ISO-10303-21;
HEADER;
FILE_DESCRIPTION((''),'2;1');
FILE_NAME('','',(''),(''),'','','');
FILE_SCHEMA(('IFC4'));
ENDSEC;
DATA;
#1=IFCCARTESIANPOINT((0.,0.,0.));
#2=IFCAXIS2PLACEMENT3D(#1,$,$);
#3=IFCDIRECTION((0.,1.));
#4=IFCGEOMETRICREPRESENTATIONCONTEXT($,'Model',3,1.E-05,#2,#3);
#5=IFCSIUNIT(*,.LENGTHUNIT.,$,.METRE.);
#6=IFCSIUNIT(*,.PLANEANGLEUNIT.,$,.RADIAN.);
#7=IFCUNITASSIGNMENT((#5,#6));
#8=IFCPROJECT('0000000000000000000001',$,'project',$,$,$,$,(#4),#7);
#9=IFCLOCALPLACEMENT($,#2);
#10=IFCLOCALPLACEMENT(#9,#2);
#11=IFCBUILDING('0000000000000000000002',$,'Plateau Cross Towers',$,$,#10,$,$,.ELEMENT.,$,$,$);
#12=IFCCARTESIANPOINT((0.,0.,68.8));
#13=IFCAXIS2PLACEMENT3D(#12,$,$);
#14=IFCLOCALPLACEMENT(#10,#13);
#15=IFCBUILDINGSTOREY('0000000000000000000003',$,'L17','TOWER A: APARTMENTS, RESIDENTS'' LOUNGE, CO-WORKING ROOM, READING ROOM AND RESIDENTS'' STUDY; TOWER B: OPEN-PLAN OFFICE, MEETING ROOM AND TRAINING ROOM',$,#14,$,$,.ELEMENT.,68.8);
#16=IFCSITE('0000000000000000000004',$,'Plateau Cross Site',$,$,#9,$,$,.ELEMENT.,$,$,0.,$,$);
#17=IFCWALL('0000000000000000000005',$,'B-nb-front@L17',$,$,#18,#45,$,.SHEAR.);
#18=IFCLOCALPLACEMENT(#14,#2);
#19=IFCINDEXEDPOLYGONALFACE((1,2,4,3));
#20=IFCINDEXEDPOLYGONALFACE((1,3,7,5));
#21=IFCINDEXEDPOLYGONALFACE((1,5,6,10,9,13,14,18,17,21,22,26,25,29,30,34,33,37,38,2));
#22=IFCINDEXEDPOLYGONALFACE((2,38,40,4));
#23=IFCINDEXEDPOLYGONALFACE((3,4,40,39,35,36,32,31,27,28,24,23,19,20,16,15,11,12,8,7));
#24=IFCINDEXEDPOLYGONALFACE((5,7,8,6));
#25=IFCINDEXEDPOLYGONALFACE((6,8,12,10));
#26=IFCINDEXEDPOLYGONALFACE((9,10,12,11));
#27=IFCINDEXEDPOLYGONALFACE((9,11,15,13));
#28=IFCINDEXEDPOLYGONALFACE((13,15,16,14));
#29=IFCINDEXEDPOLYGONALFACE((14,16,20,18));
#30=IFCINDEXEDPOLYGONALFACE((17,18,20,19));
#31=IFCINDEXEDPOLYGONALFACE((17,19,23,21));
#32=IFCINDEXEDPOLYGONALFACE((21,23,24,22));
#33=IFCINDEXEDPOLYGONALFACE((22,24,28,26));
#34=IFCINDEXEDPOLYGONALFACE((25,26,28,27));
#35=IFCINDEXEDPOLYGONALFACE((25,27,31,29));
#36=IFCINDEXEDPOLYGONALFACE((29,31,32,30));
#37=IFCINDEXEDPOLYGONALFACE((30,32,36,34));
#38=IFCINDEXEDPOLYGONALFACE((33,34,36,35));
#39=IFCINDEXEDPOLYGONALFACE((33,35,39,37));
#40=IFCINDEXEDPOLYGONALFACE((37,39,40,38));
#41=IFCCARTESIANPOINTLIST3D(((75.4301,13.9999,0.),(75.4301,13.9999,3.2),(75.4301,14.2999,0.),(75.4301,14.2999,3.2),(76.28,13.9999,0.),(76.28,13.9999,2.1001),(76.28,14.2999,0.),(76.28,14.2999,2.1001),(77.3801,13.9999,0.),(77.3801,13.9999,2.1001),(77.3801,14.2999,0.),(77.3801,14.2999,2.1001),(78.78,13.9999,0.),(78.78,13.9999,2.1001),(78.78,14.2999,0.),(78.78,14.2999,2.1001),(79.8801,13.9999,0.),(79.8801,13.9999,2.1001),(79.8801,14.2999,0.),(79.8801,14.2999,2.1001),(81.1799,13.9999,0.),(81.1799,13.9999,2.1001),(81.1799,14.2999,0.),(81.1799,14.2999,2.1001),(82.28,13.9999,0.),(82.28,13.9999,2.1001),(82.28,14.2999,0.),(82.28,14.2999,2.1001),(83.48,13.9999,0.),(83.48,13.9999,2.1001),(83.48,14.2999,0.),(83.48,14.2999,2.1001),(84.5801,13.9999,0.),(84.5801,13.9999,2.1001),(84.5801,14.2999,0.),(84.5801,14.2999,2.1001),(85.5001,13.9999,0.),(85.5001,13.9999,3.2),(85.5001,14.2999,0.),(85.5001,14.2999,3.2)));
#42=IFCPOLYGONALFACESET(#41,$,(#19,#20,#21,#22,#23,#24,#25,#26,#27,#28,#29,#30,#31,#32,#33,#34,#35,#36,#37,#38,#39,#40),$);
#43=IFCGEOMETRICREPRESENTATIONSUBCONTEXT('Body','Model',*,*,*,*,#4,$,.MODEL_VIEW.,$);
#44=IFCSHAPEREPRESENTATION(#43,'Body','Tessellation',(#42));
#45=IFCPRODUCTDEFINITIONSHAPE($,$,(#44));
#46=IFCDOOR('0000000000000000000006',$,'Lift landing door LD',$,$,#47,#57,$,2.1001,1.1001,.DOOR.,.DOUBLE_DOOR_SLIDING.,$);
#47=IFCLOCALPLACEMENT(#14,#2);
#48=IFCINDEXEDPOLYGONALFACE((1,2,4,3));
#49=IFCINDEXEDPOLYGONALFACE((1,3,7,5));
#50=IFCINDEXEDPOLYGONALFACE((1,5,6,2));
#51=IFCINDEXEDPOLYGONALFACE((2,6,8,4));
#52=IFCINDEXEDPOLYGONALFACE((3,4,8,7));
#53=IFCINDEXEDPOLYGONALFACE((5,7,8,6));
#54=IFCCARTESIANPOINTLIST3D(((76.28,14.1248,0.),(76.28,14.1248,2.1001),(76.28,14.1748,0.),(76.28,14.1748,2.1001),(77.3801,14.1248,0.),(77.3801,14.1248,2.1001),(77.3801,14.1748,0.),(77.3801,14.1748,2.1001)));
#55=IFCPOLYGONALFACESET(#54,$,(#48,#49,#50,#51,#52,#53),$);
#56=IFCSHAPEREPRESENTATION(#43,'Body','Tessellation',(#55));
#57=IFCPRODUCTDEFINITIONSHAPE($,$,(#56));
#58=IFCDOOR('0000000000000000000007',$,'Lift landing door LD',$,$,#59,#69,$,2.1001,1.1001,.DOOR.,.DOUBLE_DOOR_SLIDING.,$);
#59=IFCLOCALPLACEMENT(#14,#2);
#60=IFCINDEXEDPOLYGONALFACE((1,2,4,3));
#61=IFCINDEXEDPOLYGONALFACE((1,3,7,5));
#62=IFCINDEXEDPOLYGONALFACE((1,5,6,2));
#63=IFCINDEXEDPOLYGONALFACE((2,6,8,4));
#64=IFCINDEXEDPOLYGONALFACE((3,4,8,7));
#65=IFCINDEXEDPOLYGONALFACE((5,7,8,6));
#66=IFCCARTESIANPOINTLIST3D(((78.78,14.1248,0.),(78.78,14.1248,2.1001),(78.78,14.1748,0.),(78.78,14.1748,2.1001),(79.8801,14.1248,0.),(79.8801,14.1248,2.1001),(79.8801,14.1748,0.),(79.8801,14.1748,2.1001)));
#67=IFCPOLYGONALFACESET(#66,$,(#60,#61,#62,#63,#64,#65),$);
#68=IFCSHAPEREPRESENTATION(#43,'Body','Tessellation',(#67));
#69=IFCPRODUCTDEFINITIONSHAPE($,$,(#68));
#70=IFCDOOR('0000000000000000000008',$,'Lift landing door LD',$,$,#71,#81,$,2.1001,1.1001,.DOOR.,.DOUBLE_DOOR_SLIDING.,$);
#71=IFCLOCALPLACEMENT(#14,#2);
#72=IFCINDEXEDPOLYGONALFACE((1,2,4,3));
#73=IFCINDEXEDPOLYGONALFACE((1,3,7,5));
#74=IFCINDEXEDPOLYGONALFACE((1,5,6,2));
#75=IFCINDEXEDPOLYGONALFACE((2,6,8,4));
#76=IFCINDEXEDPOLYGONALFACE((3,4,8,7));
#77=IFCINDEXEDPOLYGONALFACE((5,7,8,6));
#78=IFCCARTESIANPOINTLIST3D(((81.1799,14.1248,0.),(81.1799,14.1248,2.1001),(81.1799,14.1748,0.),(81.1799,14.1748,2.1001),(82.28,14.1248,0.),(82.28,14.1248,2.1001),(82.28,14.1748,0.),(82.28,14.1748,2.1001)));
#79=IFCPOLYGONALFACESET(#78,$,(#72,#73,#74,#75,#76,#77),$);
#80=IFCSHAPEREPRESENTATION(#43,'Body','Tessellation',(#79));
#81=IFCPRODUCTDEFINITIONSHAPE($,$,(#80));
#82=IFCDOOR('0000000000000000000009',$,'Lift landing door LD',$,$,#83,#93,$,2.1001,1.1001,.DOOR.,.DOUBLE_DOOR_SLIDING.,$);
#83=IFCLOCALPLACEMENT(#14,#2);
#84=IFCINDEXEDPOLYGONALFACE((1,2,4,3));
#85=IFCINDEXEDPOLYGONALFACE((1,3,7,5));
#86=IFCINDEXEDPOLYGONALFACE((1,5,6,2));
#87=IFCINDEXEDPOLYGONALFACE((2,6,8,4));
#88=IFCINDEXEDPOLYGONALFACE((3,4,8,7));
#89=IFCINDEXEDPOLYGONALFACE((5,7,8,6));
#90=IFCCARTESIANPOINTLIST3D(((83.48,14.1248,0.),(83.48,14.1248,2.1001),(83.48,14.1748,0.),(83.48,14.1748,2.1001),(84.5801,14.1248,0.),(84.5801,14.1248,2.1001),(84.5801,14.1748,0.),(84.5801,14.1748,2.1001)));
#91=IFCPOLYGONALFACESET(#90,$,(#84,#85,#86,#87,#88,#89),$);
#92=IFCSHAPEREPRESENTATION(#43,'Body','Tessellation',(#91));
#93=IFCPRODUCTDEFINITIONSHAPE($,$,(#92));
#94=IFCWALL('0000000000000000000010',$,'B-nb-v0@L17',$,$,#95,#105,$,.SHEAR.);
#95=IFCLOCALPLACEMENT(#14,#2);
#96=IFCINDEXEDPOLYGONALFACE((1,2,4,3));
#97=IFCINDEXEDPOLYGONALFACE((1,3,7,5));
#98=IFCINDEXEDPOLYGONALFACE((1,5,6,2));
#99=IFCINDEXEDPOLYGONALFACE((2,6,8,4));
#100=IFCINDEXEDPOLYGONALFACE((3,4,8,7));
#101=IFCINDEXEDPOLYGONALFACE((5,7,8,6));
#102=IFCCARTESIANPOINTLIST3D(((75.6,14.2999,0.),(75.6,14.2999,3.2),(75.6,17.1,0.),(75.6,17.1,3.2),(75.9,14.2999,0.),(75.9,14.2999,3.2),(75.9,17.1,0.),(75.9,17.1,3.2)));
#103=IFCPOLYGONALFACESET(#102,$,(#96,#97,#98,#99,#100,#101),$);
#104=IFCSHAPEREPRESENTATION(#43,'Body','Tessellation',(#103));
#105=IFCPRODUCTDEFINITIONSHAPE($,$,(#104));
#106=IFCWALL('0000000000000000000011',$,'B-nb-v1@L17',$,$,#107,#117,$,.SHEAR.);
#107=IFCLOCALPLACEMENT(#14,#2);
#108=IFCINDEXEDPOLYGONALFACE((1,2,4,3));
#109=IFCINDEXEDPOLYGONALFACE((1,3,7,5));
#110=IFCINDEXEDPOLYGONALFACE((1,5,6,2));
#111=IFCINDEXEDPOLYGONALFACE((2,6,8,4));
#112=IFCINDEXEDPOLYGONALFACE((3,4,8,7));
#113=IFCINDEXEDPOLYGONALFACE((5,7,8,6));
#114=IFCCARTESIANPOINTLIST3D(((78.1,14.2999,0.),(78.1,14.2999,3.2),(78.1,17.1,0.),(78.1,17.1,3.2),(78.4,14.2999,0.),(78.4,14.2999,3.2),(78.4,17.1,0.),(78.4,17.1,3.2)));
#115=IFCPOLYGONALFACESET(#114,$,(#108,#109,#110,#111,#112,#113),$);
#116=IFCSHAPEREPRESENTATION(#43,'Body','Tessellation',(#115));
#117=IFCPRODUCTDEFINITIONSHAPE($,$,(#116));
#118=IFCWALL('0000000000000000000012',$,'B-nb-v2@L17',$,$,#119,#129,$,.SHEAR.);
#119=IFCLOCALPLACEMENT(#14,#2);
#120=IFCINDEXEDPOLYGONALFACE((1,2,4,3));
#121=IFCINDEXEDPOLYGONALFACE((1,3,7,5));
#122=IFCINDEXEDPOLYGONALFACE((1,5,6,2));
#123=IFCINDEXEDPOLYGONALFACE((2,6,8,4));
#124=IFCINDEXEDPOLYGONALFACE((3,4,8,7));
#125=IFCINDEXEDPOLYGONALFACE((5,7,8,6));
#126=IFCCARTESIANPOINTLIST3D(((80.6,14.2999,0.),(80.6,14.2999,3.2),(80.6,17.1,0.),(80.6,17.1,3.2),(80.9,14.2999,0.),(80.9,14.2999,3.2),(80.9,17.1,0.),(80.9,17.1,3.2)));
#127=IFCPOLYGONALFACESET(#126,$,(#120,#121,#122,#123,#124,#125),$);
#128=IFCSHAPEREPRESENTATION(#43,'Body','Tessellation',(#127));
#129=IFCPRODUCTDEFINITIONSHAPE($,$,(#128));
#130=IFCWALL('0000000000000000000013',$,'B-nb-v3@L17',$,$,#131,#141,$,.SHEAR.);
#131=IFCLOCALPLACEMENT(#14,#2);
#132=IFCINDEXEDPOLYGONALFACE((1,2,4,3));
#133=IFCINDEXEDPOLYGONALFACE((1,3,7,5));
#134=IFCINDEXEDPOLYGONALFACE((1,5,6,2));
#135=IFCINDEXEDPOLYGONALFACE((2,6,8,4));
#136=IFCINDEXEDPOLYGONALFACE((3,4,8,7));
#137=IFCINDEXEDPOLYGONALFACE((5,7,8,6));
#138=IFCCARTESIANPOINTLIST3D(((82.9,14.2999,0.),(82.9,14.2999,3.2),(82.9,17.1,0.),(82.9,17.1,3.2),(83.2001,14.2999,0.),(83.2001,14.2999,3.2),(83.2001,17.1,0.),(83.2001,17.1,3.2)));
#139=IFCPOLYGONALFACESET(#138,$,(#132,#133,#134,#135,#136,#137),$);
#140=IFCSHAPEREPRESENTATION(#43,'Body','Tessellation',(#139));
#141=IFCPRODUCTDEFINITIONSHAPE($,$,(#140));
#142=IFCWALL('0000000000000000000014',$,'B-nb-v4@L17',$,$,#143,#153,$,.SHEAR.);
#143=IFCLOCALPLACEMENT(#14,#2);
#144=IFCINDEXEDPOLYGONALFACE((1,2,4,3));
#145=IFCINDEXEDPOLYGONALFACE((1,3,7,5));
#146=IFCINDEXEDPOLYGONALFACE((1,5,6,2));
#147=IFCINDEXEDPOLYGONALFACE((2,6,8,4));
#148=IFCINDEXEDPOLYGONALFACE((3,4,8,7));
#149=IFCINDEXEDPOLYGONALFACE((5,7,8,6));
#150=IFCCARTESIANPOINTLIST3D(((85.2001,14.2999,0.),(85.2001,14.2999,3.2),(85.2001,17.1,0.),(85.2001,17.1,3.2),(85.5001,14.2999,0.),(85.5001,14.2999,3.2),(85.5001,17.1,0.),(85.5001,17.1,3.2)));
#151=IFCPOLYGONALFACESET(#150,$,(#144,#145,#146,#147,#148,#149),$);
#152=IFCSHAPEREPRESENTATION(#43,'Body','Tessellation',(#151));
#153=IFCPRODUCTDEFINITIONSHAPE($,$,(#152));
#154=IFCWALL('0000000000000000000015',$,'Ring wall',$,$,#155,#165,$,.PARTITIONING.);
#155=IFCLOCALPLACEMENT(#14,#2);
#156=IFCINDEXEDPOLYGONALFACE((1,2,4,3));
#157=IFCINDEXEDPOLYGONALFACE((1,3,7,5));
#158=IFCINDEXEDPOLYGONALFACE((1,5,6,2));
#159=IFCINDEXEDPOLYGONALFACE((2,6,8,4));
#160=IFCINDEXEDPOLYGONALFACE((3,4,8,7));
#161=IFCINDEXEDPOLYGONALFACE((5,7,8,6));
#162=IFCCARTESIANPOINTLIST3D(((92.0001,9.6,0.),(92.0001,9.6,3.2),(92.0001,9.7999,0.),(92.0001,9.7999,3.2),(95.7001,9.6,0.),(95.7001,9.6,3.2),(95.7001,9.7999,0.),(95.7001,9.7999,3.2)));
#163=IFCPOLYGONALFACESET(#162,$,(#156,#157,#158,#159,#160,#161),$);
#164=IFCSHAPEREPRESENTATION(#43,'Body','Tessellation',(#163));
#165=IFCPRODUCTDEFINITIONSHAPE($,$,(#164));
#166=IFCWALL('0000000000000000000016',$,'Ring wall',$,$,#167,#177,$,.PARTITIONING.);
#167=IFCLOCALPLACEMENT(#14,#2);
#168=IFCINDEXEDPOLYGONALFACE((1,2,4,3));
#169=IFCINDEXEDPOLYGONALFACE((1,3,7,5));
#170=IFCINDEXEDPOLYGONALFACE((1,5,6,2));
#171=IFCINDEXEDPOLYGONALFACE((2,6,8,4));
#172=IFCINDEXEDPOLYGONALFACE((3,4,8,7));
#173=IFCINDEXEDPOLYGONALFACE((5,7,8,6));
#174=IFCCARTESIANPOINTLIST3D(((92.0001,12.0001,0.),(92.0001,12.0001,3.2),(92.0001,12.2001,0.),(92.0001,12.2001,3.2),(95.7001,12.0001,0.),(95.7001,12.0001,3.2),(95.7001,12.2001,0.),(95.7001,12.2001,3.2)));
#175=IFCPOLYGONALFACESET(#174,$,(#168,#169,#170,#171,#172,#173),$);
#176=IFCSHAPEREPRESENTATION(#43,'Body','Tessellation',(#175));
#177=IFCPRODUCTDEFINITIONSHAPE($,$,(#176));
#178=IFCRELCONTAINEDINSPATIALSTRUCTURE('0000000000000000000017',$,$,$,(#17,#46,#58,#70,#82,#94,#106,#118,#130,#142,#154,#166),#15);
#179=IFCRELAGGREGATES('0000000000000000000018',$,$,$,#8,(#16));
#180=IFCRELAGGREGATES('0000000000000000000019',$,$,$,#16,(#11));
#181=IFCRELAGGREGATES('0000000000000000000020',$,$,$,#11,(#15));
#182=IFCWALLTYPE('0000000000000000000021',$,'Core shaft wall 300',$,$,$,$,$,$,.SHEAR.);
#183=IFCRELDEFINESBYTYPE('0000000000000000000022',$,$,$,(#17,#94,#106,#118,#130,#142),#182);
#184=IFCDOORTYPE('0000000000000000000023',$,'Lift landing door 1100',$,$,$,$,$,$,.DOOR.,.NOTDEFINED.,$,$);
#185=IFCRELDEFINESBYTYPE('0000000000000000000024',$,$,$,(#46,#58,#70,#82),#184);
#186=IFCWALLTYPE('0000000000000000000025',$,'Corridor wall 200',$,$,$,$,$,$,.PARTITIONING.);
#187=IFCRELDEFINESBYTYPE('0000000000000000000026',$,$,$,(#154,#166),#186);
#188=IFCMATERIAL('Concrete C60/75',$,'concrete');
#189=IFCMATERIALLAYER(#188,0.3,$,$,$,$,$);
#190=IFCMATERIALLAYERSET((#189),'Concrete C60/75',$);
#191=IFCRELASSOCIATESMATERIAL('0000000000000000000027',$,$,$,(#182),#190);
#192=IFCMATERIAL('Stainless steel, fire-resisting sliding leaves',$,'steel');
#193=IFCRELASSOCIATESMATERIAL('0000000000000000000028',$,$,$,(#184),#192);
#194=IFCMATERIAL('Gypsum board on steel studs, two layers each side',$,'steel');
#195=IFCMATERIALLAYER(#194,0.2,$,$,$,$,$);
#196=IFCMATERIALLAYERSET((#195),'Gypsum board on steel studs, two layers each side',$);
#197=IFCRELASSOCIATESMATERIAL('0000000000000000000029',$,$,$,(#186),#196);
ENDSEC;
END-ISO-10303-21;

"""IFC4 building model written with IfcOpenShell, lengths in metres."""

from ifc_helpers import new_model, si_unit, direction, frame, frame_2d, origin, place, context, subcontext, project, spatial, rectangle, extrude, material, layer, layer_set, type_object, element, fill, save


model = new_model("IFC4")

# Units and contexts
model_context = context("Model", 3, precision=1e-05, world=origin(), true_north=direction((0.0, 1.0)))
body_context = subcontext(model_context, "Body", "Model", "MODEL_VIEW")
ifc_project = project(units=[si_unit("LENGTHUNIT", "METRE"), si_unit("PLANEANGLEUNIT", "RADIAN")], contexts=[model_context])

# Site, building, storey
site_placement = place(None, origin())
site = spatial("IfcSite", under=ifc_project, at=site_placement, Name="Plateau Cross Site", CompositionType="ELEMENT", RefElevation=0.0)
building_placement = place(site_placement, origin())
building = spatial("IfcBuilding", under=site, at=building_placement, Name="Plateau Cross Towers", CompositionType="ELEMENT")
storey_placement = place(building_placement, frame((0.0, 0.0, 68.8)))
storey = spatial("IfcBuildingStorey", under=building, at=storey_placement, Name="L17", Description="TOWER A: APARTMENTS, RESIDENTS' LOUNGE, CO-WORKING ROOM, READING ROOM AND RESIDENTS' STUDY; TOWER B: OPEN-PLAN OFFICE, MEETING ROOM AND TRAINING ROOM", CompositionType="ELEMENT", Elevation=68.8)

# Shared definitions
ifc_material_1 = material(Name="Concrete C60/75", Category="concrete")

# Wall, openings, doors
ifc_layer_1 = layer(ifc_material_1, 0.3)
ifc_layer_set_1 = layer_set([ifc_layer_1], Name="Concrete C60/75")
wall_type_1 = type_object("IfcWallType", Name="Core shaft wall 300", PredefinedType="SHEAR", material=ifc_layer_set_1)
wall_1_placement = place(storey_placement, frame((75.4299, 14.1499, 0.0), z_axis=(0.0, 0.0, 1.0), x_axis=(1.0, 0.0, 0.0)))
wall_1 = element("IfcWall", 1, at=wall_1_placement, inside=storey, type_object=wall_type_1, Name="B-nb-front@L17", PredefinedType="SHEAR", context=body_context, shape_type="SweptSolid", body=[
    extrude(rectangle(XDim=10.0701, YDim=0.3, at=frame_2d((5.0352, 0.0))), origin(), (0.0, 0.0, 1.0), 3.2),
])
opening_1_placement = place(wall_1_placement, frame((0.8501, 0.0, 0.0)))
opening_1 = element("IfcOpeningElement", 2, at=opening_1_placement, cuts=wall_1, PredefinedType="OPENING", context=body_context, shape_type="SweptSolid", body=[
    extrude(rectangle(XDim=1.1001, YDim=2.1001, at=frame_2d((0.55, 1.05))), frame((0.0, 0.1599, 0.0), z_axis=(0.0, -1.0, 0.0), x_axis=(1.0, 0.0, 0.0)), (0.0, 0.0, 1.0), 0.3201),
])
opening_2_placement = place(wall_1_placement, frame((3.3501, 0.0, 0.0)))
opening_2 = element("IfcOpeningElement", 3, at=opening_2_placement, cuts=wall_1, PredefinedType="OPENING", context=body_context, shape_type="SweptSolid", body=[
    extrude(rectangle(XDim=1.1001, YDim=2.1001, at=frame_2d((0.55, 1.05))), frame((0.0, 0.1599, 0.0), z_axis=(0.0, -1.0, 0.0), x_axis=(1.0, 0.0, 0.0)), (0.0, 0.0, 1.0), 0.3201),
])
opening_3_placement = place(wall_1_placement, frame((5.75, 0.0, 0.0)))
opening_3 = element("IfcOpeningElement", 4, at=opening_3_placement, cuts=wall_1, PredefinedType="OPENING", context=body_context, shape_type="SweptSolid", body=[
    extrude(rectangle(XDim=1.1001, YDim=2.1001, at=frame_2d((0.55, 1.05))), frame((0.0, 0.1599, 0.0), z_axis=(0.0, -1.0, 0.0), x_axis=(1.0, 0.0, 0.0)), (0.0, 0.0, 1.0), 0.3201),
])
opening_4_placement = place(wall_1_placement, frame((8.05, 0.0, 0.0)))
opening_4 = element("IfcOpeningElement", 5, at=opening_4_placement, cuts=wall_1, PredefinedType="OPENING", context=body_context, shape_type="SweptSolid", body=[
    extrude(rectangle(XDim=1.1001, YDim=2.1001, at=frame_2d((0.55, 1.05))), frame((0.0, 0.1599, 0.0), z_axis=(0.0, -1.0, 0.0), x_axis=(1.0, 0.0, 0.0)), (0.0, 0.0, 1.0), 0.3201),
])
ifc_material_2 = material(Name="Stainless steel, fire-resisting sliding leaves", Category="steel")
door_type_1 = type_object("IfcDoorType", Name="Lift landing door 1100", OperationType="NOTDEFINED", PredefinedType="DOOR", material=ifc_material_2)
door_1_placement = place(opening_1_placement, origin())
door_1 = element("IfcDoor", 6, at=door_1_placement, inside=storey, type_object=door_type_1, Name="Lift landing door LD", OperationType="DOUBLE_DOOR_SLIDING", OverallHeight=2.1001, OverallWidth=1.1001, PredefinedType="DOOR", context=body_context, shape_type="SweptSolid", body=[
    extrude(rectangle(XDim=1.1001, YDim=2.1001, at=frame_2d((0.55, 1.05))), frame((0.0, 0.0249, 0.0), z_axis=(0.0, -1.0, 0.0), x_axis=(1.0, 0.0, 0.0)), (0.0, 0.0, 1.0), 0.05),
])
fill(opening_1, door_1)
door_2_placement = place(opening_2_placement, origin())
door_2 = element("IfcDoor", 7, at=door_2_placement, inside=storey, type_object=door_type_1, Name="Lift landing door LD", OperationType="DOUBLE_DOOR_SLIDING", OverallHeight=2.1001, OverallWidth=1.1001, PredefinedType="DOOR", context=body_context, shape_type="SweptSolid", body=[
    extrude(rectangle(XDim=1.1001, YDim=2.1001, at=frame_2d((0.55, 1.05))), frame((0.0, 0.0249, 0.0), z_axis=(0.0, -1.0, 0.0), x_axis=(1.0, 0.0, 0.0)), (0.0, 0.0, 1.0), 0.05),
])
fill(opening_2, door_2)
door_3_placement = place(opening_3_placement, origin())
door_3 = element("IfcDoor", 8, at=door_3_placement, inside=storey, type_object=door_type_1, Name="Lift landing door LD", OperationType="DOUBLE_DOOR_SLIDING", OverallHeight=2.1001, OverallWidth=1.1001, PredefinedType="DOOR", context=body_context, shape_type="SweptSolid", body=[
    extrude(rectangle(XDim=1.1001, YDim=2.1001, at=frame_2d((0.55, 1.05))), frame((0.0, 0.0249, 0.0), z_axis=(0.0, -1.0, 0.0), x_axis=(1.0, 0.0, 0.0)), (0.0, 0.0, 1.0), 0.05),
])
fill(opening_3, door_3)
door_4_placement = place(opening_4_placement, origin())
door_4 = element("IfcDoor", 9, at=door_4_placement, inside=storey, type_object=door_type_1, Name="Lift landing door LD", OperationType="DOUBLE_DOOR_SLIDING", OverallHeight=2.1001, OverallWidth=1.1001, PredefinedType="DOOR", context=body_context, shape_type="SweptSolid", body=[
    extrude(rectangle(XDim=1.1001, YDim=2.1001, at=frame_2d((0.55, 1.05))), frame((0.0, 0.0249, 0.0), z_axis=(0.0, -1.0, 0.0), x_axis=(1.0, 0.0, 0.0)), (0.0, 0.0, 1.0), 0.05),
])
fill(opening_4, door_4)

# Walls
for number, where, z_axis, x_axis, name in (
    (10, (75.75, 14.3, 0.0), (0.0, 0.0, 1.0), (0.0, 1.0, 0.0), "B-nb-v0@L17"),
    (11, (78.25, 14.3, 0.0), (0.0, 0.0, 1.0), (0.0, 1.0, 0.0), "B-nb-v1@L17"),
    (12, (80.75, 14.3, 0.0), (0.0, 0.0, 1.0), (0.0, 1.0, 0.0), "B-nb-v2@L17"),
    (13, (83.05, 14.3, 0.0), (0.0, 0.0, 1.0), (0.0, 1.0, 0.0), "B-nb-v3@L17"),
    (14, (85.3501, 14.3, 0.0), (0.0, 0.0, 1.0), (0.0, 1.0, 0.0), "B-nb-v4@L17"),
):
    element("IfcWall", number, at=place(storey_placement, frame(where, z_axis=z_axis, x_axis=x_axis)), inside=storey, type_object=wall_type_1, Name=name, PredefinedType="SHEAR", context=body_context, shape_type="SweptSolid", body=[
        extrude(rectangle(XDim=2.8, YDim=0.3, at=frame_2d((1.3999, 0.0))), origin(), (0.0, 0.0, 1.0), 3.2),
    ])

# Shared definitions
ifc_material_3 = material(Name="Gypsum board on steel studs, two layers each side", Category="steel")
ifc_layer_2 = layer(ifc_material_3, 0.2)
ifc_layer_set_2 = layer_set([ifc_layer_2], Name="Gypsum board on steel studs, two layers each side")
wall_type_2 = type_object("IfcWallType", Name="Corridor wall 200", PredefinedType="PARTITIONING", material=ifc_layer_set_2)

# Walls
for number, where, z_axis, x_axis, name in (
    (15, (92.0, 9.7, 0.0), (0.0, 0.0, 1.0), (1.0, 0.0, 0.0), "Ring wall"),
    (16, (92.0, 12.1001, 0.0), (0.0, 0.0, 1.0), (1.0, 0.0, 0.0), "Ring wall"),
):
    element("IfcWall", number, at=place(storey_placement, frame(where, z_axis=z_axis, x_axis=x_axis)), inside=storey, type_object=wall_type_2, Name=name, PredefinedType="PARTITIONING", context=body_context, shape_type="SweptSolid", body=[
        extrude(rectangle(XDim=3.7, YDim=0.2, at=frame_2d((1.8501, 0.0))), origin(), (0.0, 0.0, 1.0), 3.2),
    ])

save(model, "model.ifc")
